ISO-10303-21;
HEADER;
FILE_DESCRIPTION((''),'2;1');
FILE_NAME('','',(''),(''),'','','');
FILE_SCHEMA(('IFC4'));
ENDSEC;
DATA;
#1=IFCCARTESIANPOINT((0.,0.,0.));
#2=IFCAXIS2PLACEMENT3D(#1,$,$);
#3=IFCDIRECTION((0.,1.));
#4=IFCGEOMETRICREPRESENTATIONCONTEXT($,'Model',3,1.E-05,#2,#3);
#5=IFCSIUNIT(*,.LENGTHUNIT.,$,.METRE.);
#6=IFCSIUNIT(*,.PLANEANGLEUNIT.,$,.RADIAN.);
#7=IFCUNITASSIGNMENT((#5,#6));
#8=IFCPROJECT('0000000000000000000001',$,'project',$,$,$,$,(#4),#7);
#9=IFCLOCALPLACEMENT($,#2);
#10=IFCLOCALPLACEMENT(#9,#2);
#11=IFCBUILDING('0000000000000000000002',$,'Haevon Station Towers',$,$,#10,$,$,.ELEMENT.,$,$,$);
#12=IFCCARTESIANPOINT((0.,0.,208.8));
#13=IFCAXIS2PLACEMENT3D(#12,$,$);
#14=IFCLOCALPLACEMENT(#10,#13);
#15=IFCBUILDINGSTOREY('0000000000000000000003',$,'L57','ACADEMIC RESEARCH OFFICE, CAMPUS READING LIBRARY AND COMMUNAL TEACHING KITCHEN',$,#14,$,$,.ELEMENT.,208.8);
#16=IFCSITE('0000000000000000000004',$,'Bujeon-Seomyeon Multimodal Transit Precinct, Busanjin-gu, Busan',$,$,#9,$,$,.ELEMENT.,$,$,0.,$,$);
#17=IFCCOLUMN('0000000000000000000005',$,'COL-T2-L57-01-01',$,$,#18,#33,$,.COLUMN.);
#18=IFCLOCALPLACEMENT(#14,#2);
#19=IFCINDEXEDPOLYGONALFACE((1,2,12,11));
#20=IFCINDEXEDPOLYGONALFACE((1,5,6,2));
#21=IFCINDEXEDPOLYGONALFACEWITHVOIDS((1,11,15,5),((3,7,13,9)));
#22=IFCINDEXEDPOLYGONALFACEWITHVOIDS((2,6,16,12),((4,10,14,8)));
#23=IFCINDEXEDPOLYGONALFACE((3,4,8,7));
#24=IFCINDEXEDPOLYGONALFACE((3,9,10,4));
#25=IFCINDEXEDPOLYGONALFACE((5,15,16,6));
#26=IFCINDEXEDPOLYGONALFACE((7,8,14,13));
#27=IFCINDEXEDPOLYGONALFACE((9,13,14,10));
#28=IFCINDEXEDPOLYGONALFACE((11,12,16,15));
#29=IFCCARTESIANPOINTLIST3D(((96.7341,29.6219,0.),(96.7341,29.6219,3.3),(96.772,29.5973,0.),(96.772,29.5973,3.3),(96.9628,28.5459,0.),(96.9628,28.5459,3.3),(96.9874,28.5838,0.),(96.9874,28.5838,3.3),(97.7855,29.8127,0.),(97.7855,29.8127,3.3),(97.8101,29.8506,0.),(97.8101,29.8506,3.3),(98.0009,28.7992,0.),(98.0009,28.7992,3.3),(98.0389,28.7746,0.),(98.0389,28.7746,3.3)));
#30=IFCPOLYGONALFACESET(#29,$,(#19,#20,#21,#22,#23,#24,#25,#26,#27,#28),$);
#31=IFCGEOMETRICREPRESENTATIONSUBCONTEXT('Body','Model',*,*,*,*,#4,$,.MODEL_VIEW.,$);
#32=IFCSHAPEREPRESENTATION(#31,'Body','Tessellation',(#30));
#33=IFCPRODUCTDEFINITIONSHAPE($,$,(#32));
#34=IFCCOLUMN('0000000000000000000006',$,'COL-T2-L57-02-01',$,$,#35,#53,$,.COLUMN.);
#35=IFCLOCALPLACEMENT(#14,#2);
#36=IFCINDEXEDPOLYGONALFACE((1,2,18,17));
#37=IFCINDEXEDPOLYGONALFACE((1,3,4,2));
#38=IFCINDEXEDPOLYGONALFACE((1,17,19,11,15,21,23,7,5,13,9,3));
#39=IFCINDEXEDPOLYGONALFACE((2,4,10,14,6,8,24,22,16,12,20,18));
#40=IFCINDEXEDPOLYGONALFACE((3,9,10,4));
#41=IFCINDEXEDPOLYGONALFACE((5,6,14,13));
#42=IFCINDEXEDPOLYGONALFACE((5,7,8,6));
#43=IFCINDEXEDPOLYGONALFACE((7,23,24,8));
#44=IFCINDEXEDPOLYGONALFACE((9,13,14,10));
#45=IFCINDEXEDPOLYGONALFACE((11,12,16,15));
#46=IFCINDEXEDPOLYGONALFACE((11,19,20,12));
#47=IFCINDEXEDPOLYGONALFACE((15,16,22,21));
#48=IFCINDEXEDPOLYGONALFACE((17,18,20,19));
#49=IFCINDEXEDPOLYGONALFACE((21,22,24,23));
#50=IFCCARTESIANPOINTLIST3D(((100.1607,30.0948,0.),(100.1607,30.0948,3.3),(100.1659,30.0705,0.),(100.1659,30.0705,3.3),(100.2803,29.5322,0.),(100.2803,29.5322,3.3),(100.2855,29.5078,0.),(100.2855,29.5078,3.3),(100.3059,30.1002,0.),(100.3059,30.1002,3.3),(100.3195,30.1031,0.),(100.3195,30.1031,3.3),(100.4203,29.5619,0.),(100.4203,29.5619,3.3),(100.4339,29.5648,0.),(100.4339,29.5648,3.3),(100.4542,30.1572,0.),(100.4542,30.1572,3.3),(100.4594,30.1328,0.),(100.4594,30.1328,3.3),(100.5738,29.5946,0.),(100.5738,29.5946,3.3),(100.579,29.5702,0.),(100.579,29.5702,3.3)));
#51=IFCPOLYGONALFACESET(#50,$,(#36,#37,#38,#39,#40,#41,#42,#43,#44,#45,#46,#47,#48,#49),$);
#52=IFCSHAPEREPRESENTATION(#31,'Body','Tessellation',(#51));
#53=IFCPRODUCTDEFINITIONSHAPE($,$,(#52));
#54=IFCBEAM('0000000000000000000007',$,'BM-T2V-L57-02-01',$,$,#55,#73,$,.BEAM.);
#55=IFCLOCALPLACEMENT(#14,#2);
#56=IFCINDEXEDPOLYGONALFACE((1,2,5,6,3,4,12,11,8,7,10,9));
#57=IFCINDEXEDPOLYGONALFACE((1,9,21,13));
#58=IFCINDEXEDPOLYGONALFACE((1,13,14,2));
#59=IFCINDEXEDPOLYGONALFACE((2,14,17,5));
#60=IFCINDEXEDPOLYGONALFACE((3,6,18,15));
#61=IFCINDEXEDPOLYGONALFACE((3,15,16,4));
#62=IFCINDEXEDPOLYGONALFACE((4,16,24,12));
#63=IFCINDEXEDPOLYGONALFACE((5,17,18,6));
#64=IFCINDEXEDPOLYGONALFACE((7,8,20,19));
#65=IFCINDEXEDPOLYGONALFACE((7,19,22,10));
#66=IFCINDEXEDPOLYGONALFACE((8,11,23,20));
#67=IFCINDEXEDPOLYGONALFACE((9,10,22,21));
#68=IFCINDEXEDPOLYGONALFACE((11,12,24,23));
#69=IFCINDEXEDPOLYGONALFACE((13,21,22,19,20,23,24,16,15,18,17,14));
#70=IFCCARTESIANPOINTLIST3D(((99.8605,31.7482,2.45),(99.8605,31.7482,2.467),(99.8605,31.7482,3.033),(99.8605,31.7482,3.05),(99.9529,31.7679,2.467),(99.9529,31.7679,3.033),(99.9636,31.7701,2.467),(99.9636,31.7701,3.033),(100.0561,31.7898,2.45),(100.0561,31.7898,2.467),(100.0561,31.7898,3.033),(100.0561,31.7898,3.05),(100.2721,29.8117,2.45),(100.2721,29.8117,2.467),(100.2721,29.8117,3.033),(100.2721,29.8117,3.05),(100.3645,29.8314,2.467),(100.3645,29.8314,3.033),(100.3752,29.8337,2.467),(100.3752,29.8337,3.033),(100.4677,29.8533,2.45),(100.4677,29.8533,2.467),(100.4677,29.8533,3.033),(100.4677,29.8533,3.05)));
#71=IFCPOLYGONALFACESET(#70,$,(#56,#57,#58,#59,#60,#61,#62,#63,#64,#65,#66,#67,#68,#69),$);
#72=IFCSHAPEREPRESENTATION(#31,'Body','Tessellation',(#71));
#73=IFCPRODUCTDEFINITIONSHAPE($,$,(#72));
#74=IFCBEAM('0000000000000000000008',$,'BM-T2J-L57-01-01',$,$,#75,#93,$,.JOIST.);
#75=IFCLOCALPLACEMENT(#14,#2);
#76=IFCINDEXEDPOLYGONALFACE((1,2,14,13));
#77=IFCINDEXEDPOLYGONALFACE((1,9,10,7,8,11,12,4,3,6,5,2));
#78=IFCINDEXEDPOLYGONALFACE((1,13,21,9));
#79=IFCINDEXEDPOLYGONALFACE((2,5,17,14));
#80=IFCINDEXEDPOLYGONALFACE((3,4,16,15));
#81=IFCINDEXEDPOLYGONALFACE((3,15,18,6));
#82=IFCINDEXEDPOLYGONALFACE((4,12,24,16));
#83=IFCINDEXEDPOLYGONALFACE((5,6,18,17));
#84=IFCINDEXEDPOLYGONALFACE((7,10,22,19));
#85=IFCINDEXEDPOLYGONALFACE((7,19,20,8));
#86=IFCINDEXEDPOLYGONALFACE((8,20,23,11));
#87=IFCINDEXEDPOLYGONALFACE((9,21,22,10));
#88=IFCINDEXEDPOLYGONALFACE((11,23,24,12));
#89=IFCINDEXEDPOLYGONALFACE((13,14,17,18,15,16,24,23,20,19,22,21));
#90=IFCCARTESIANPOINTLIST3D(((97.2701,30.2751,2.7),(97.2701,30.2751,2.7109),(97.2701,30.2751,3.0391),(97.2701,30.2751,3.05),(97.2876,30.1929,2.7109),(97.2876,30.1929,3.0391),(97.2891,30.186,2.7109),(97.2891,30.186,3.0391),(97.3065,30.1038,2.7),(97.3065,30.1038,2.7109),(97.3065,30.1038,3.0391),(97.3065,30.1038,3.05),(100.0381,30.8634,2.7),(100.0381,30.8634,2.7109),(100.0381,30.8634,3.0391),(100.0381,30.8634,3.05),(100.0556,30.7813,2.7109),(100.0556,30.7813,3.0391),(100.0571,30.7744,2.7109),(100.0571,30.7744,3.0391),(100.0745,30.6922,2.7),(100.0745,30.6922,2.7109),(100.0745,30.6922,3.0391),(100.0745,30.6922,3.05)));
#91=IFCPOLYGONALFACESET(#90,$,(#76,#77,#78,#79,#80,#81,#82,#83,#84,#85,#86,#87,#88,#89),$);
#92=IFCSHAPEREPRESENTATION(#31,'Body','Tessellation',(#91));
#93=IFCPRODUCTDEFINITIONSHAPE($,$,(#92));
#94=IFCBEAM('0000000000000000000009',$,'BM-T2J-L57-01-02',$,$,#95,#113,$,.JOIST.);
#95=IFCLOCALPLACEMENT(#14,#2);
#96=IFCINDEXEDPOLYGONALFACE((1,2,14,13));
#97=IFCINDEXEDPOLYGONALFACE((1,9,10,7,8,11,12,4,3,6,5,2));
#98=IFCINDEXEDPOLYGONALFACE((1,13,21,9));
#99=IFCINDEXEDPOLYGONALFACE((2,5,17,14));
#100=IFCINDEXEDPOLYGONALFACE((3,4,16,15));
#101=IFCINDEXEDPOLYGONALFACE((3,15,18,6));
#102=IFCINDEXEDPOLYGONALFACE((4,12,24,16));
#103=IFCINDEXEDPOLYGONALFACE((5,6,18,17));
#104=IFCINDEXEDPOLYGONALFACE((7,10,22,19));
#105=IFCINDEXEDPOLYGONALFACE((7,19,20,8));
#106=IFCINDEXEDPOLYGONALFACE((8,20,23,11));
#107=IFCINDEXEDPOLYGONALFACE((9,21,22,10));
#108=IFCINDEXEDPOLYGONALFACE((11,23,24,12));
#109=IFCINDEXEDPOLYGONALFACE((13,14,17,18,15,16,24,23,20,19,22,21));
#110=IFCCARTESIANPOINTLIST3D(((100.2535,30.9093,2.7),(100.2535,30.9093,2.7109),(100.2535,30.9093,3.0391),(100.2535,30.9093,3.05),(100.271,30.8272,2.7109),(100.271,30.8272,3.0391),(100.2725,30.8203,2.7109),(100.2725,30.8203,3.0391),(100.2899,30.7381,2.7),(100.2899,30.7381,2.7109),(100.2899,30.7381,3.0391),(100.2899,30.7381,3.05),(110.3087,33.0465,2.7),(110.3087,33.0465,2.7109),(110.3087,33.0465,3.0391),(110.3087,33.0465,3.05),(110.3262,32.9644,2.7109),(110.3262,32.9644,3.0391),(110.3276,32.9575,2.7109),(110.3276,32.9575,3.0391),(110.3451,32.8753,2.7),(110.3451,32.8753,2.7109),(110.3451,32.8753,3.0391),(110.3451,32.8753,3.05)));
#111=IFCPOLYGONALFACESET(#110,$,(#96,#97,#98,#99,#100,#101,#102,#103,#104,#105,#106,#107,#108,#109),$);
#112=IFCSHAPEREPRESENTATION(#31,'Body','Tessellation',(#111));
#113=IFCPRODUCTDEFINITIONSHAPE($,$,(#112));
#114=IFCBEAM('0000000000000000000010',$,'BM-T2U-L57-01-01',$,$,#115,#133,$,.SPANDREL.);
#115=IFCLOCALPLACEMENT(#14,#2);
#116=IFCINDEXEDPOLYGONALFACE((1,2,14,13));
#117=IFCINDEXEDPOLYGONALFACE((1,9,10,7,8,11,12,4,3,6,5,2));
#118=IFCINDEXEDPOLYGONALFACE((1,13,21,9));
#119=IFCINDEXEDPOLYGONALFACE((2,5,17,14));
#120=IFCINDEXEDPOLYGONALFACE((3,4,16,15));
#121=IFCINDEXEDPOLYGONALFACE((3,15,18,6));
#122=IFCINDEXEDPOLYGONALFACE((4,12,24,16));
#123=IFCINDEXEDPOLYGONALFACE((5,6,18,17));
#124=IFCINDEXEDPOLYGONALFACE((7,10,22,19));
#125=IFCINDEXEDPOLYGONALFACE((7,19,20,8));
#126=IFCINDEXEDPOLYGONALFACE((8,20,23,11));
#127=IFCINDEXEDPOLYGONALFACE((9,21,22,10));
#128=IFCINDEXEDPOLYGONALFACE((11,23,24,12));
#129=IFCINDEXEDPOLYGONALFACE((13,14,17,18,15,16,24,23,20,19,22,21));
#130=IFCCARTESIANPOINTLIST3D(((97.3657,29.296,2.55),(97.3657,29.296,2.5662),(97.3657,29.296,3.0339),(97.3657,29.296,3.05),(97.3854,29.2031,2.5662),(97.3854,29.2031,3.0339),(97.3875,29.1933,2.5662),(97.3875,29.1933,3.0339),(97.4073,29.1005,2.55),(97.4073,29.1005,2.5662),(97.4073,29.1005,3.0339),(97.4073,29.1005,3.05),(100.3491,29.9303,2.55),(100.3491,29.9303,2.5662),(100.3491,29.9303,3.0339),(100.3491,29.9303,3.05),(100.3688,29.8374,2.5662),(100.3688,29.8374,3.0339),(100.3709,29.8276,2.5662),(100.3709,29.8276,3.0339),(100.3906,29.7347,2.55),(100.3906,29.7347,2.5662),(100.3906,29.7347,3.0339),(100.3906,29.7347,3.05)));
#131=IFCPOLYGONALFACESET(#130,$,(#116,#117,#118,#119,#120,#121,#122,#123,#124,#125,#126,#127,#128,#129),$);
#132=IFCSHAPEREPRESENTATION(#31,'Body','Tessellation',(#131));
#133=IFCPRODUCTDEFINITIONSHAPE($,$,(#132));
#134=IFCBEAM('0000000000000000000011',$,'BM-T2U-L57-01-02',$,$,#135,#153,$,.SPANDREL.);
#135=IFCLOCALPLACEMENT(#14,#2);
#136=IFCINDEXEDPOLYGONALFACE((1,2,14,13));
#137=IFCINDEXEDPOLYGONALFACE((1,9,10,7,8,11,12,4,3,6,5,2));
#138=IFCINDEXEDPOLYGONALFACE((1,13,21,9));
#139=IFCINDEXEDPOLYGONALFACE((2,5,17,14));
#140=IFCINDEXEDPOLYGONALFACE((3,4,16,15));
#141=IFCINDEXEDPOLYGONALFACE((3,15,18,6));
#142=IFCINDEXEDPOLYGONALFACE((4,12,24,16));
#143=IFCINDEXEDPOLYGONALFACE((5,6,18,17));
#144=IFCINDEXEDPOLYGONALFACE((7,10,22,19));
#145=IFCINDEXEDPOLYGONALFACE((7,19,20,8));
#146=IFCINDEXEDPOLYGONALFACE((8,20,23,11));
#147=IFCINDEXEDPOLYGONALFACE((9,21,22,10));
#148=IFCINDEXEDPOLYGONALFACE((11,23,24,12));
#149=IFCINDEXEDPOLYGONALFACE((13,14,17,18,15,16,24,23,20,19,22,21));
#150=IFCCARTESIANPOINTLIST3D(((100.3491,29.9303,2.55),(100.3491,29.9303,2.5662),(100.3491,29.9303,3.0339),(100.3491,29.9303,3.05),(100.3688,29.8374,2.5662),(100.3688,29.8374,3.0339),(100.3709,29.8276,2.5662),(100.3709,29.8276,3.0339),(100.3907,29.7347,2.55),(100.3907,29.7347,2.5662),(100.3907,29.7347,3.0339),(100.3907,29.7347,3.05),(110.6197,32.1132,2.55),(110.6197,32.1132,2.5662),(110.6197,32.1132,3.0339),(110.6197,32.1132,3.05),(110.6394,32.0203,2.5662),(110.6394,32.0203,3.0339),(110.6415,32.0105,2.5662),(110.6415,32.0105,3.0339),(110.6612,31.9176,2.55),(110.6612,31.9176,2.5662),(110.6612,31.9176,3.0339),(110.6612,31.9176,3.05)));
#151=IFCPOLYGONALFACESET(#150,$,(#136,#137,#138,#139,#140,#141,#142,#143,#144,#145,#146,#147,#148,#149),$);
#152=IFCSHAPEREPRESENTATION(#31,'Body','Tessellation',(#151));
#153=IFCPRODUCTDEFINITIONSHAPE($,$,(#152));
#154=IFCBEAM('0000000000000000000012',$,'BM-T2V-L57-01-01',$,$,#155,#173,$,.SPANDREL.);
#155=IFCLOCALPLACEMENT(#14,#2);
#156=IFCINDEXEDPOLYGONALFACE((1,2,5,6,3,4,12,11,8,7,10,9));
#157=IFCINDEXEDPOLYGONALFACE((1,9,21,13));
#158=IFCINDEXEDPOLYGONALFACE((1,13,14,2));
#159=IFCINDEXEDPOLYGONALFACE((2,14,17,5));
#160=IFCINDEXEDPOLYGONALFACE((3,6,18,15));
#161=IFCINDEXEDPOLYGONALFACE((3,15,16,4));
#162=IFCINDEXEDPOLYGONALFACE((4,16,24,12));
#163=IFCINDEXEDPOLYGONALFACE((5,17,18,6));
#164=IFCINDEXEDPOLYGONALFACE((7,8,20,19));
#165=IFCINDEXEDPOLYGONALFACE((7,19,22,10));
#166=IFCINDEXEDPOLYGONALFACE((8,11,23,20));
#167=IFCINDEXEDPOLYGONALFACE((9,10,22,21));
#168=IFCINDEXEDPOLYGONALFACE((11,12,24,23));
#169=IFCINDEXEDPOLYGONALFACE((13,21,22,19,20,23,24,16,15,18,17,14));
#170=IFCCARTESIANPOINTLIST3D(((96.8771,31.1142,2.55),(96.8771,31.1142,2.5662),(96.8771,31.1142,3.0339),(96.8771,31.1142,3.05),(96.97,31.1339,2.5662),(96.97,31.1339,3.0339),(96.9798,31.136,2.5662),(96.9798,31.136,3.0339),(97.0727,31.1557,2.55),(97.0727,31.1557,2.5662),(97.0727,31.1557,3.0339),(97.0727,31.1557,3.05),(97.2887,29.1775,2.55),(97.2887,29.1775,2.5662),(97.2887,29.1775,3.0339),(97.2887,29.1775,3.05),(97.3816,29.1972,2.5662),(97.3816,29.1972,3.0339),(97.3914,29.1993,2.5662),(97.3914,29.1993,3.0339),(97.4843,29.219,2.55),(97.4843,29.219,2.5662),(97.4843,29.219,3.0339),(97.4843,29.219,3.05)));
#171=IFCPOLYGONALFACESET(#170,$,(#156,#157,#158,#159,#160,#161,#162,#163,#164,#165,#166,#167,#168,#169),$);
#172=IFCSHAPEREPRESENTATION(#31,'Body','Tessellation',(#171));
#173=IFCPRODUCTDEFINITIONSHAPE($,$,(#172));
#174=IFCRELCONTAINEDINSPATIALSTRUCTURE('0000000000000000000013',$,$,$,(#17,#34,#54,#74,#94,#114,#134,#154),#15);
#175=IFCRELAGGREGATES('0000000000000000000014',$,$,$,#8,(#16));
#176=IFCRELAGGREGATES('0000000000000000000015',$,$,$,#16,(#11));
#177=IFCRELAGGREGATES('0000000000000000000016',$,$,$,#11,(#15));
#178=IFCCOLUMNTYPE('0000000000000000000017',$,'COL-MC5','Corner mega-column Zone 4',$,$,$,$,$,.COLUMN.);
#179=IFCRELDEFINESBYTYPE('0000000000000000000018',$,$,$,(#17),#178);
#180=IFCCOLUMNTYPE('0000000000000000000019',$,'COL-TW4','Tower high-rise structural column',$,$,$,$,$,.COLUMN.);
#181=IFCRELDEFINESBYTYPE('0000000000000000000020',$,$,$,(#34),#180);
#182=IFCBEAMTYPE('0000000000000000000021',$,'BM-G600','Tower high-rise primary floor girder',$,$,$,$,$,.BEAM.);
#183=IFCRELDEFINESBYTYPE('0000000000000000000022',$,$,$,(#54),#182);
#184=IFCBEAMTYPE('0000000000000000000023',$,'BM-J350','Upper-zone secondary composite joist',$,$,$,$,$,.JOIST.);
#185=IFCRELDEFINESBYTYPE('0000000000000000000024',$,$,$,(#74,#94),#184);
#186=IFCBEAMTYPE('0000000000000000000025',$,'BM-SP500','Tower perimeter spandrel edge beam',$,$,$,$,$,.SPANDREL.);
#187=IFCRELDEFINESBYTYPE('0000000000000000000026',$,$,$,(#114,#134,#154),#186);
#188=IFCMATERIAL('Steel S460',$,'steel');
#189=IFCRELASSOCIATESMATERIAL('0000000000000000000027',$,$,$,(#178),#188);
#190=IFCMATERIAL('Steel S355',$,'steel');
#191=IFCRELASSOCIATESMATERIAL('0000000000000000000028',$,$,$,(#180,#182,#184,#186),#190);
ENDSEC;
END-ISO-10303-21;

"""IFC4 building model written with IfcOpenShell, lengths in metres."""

from ifc_helpers import new_model, si_unit, direction, frame, origin, origin_2d, place, context, subcontext, project, spatial, hollow_rectangle, i_section, extrude, material, material_profile, profile_set, type_object, element, save


model = new_model("IFC4")

# Units and contexts
model_context = context("Model", 3, precision=1e-05, world=origin(), true_north=direction((0.0, 1.0)))
body_context = subcontext(model_context, "Body", "Model", "MODEL_VIEW")
ifc_project = project(units=[si_unit("LENGTHUNIT", "METRE"), si_unit("PLANEANGLEUNIT", "RADIAN")], contexts=[model_context])

# Site, building, storey
site_placement = place(None, origin())
site = spatial("IfcSite", under=ifc_project, at=site_placement, Name="Bujeon-Seomyeon Multimodal Transit Precinct, Busanjin-gu, Busan", CompositionType="ELEMENT", RefElevation=0.0)
building_placement = place(site_placement, origin())
building = spatial("IfcBuilding", under=site, at=building_placement, Name="Haevon Station Towers", CompositionType="ELEMENT")
storey_placement = place(building_placement, frame((0.0, 0.0, 208.8)))
storey = spatial("IfcBuildingStorey", under=building, at=storey_placement, Name="L57", Description="ACADEMIC RESEARCH OFFICE, CAMPUS READING LIBRARY AND COMMUNAL TEACHING KITCHEN", CompositionType="ELEMENT", Elevation=208.8)

# Columns
ifc_material_1 = material(Name="Steel S460", Category="steel")
ifc_material_profile_1 = material_profile(ifc_material_1, hollow_rectangle(XDim=1.1001, YDim=1.1001, WallThickness=0.032, at=origin_2d()), Name="BOX-1100x1100x32")
ifc_profile_set_1 = profile_set([ifc_material_profile_1], Name="Steel S460")
column_type_1 = type_object("IfcColumnType", Name="COL-MC5", Description="Corner mega-column Zone 4", PredefinedType="COLUMN", material=ifc_profile_set_1)
column_1_placement = place(storey_placement, frame((97.3865, 29.1982, 0.0), z_axis=(0.0, 0.0, 1.0), x_axis=(0.978148, 0.207912, 0.0)))
element("IfcColumn", 1, at=column_1_placement, inside=storey, type_object=column_type_1, Name="COL-T2-L57-01-01", PredefinedType="COLUMN", context=body_context, shape_type="SweptSolid", body=[
    extrude(hollow_rectangle(XDim=1.1001, YDim=1.1001, WallThickness=0.032, at=origin_2d()), origin(), (0.0, 0.0, 1.0), 3.3),
])
ifc_material_2 = material(Name="Steel S355", Category="steel")
ifc_material_profile_2 = material_profile(ifc_material_2, i_section(OverallWidth=0.3, OverallDepth=0.6001, WebThickness=0.0139, FlangeThickness=0.0249, at=origin_2d()), Name="H-600x300x14x25")
ifc_profile_set_2 = profile_set([ifc_material_profile_2], Name="Steel S355")
column_type_2 = type_object("IfcColumnType", Name="COL-TW4", Description="Tower high-rise structural column", PredefinedType="COLUMN", material=ifc_profile_set_2)
column_2_placement = place(storey_placement, frame((100.3699, 29.8325, 0.0), z_axis=(0.0, 0.0, 1.0), x_axis=(0.978148, 0.207912, 0.0)))
element("IfcColumn", 2, at=column_2_placement, inside=storey, type_object=column_type_2, Name="COL-T2-L57-02-01", PredefinedType="COLUMN", context=body_context, shape_type="SweptSolid", body=[
    extrude(i_section(OverallWidth=0.3, OverallDepth=0.6001, WebThickness=0.0139, FlangeThickness=0.0249, at=origin_2d()), origin(), (0.0, 0.0, 1.0), 3.3),
])

# Beams
ifc_material_profile_3 = material_profile(ifc_material_2, i_section(OverallWidth=0.2, OverallDepth=0.6001, WebThickness=0.011, FlangeThickness=0.0171, at=origin_2d()), Name="H-600x200x11x17")
ifc_profile_set_3 = profile_set([ifc_material_profile_3], Name="Steel S355")
beam_type_1 = type_object("IfcBeamType", Name="BM-G600", Description="Tower high-rise primary floor girder", PredefinedType="BEAM", material=ifc_profile_set_3)
beam_1_placement = place(storey_placement, frame((100.3699, 29.8325, 2.75), z_axis=(-0.207912, 0.978148, 0.0), x_axis=(-0.978148, -0.207912, 0.0)))
element("IfcBeam", 3, at=beam_1_placement, inside=storey, type_object=beam_type_1, Name="BM-T2V-L57-02-01", PredefinedType="BEAM", context=body_context, shape_type="SweptSolid", body=[
    extrude(i_section(OverallWidth=0.2, OverallDepth=0.6001, WebThickness=0.011, FlangeThickness=0.0171, at=origin_2d()), origin(), (0.0, 0.0, 1.0), 1.9797),
])
ifc_material_profile_4 = material_profile(ifc_material_2, i_section(OverallWidth=0.175, OverallDepth=0.3501, WebThickness=0.0071, FlangeThickness=0.011, at=origin_2d()), Name="H-350x175x7x11")
ifc_profile_set_4 = profile_set([ifc_material_profile_4], Name="Steel S355")
beam_type_2 = type_object("IfcBeamType", Name="BM-J350", Description="Upper-zone secondary composite joist", PredefinedType="JOIST", material=ifc_profile_set_4)
beam_2_placement = place(storey_placement, frame((97.2883, 30.1895, 2.875), z_axis=(0.978147, 0.207914, 0.0), x_axis=(-0.207914, 0.978147, 0.0)))
element("IfcBeam", 4, at=beam_2_placement, inside=storey, type_object=beam_type_2, Name="BM-T2J-L57-01-01", PredefinedType="JOIST", context=body_context, shape_type="SweptSolid", body=[
    extrude(i_section(OverallWidth=0.175, OverallDepth=0.3501, WebThickness=0.0071, FlangeThickness=0.011, at=origin_2d()), origin(), (0.0, 0.0, 1.0), 2.8298),
])
beam_3_placement = place(storey_placement, frame((100.2717, 30.8237, 2.875), z_axis=(0.978149, 0.207904, 0.0), x_axis=(-0.207904, 0.978149, 0.0)))
element("IfcBeam", 5, at=beam_3_placement, inside=storey, type_object=beam_type_2, Name="BM-T2J-L57-01-02", PredefinedType="JOIST", context=body_context, shape_type="SweptSolid", body=[
    extrude(i_section(OverallWidth=0.175, OverallDepth=0.3501, WebThickness=0.0071, FlangeThickness=0.011, at=origin_2d()), origin(), (0.0, 0.0, 1.0), 10.2798),
])
ifc_material_profile_5 = material_profile(ifc_material_2, i_section(OverallWidth=0.2, OverallDepth=0.5, WebThickness=0.01, FlangeThickness=0.0161, at=origin_2d()), Name="H-500x200x10x16")
ifc_profile_set_5 = profile_set([ifc_material_profile_5], Name="Steel S355")
beam_type_3 = type_object("IfcBeamType", Name="BM-SP500", Description="Tower perimeter spandrel edge beam", PredefinedType="SPANDREL", material=ifc_profile_set_5)
beam_4_placement = place(storey_placement, frame((97.3865, 29.1982, 2.8), z_axis=(0.978139, 0.207954, 0.0), x_axis=(-0.207954, 0.978139, 0.0)))
element("IfcBeam", 6, at=beam_4_placement, inside=storey, type_object=beam_type_3, Name="BM-T2U-L57-01-01", PredefinedType="SPANDREL", context=body_context, shape_type="SweptSolid", body=[
    extrude(i_section(OverallWidth=0.2, OverallDepth=0.5, WebThickness=0.01, FlangeThickness=0.0161, at=origin_2d()), origin(), (0.0, 0.0, 1.0), 3.05),
])
beam_5_placement = place(storey_placement, frame((100.3699, 29.8325, 2.8), z_axis=(0.978152, 0.207893, 0.0), x_axis=(-0.207893, 0.978152, 0.0)))
element("IfcBeam", 7, at=beam_5_placement, inside=storey, type_object=beam_type_3, Name="BM-T2U-L57-01-02", PredefinedType="SPANDREL", context=body_context, shape_type="SweptSolid", body=[
    extrude(i_section(OverallWidth=0.2, OverallDepth=0.5, WebThickness=0.01, FlangeThickness=0.0161, at=origin_2d()), origin(), (0.0, 0.0, 1.0), 10.5),
])
beam_6_placement = place(storey_placement, frame((97.3865, 29.1982, 2.8), z_axis=(-0.207887, 0.978153, 0.0), x_axis=(-0.978153, -0.207887, 0.0)))
element("IfcBeam", 8, at=beam_6_placement, inside=storey, type_object=beam_type_3, Name="BM-T2V-L57-01-01", PredefinedType="SPANDREL", context=body_context, shape_type="SweptSolid", body=[
    extrude(i_section(OverallWidth=0.2, OverallDepth=0.5, WebThickness=0.01, FlangeThickness=0.0161, at=origin_2d()), origin(), (0.0, 0.0, 1.0), 1.98),
])

save(model, "model.ifc")
